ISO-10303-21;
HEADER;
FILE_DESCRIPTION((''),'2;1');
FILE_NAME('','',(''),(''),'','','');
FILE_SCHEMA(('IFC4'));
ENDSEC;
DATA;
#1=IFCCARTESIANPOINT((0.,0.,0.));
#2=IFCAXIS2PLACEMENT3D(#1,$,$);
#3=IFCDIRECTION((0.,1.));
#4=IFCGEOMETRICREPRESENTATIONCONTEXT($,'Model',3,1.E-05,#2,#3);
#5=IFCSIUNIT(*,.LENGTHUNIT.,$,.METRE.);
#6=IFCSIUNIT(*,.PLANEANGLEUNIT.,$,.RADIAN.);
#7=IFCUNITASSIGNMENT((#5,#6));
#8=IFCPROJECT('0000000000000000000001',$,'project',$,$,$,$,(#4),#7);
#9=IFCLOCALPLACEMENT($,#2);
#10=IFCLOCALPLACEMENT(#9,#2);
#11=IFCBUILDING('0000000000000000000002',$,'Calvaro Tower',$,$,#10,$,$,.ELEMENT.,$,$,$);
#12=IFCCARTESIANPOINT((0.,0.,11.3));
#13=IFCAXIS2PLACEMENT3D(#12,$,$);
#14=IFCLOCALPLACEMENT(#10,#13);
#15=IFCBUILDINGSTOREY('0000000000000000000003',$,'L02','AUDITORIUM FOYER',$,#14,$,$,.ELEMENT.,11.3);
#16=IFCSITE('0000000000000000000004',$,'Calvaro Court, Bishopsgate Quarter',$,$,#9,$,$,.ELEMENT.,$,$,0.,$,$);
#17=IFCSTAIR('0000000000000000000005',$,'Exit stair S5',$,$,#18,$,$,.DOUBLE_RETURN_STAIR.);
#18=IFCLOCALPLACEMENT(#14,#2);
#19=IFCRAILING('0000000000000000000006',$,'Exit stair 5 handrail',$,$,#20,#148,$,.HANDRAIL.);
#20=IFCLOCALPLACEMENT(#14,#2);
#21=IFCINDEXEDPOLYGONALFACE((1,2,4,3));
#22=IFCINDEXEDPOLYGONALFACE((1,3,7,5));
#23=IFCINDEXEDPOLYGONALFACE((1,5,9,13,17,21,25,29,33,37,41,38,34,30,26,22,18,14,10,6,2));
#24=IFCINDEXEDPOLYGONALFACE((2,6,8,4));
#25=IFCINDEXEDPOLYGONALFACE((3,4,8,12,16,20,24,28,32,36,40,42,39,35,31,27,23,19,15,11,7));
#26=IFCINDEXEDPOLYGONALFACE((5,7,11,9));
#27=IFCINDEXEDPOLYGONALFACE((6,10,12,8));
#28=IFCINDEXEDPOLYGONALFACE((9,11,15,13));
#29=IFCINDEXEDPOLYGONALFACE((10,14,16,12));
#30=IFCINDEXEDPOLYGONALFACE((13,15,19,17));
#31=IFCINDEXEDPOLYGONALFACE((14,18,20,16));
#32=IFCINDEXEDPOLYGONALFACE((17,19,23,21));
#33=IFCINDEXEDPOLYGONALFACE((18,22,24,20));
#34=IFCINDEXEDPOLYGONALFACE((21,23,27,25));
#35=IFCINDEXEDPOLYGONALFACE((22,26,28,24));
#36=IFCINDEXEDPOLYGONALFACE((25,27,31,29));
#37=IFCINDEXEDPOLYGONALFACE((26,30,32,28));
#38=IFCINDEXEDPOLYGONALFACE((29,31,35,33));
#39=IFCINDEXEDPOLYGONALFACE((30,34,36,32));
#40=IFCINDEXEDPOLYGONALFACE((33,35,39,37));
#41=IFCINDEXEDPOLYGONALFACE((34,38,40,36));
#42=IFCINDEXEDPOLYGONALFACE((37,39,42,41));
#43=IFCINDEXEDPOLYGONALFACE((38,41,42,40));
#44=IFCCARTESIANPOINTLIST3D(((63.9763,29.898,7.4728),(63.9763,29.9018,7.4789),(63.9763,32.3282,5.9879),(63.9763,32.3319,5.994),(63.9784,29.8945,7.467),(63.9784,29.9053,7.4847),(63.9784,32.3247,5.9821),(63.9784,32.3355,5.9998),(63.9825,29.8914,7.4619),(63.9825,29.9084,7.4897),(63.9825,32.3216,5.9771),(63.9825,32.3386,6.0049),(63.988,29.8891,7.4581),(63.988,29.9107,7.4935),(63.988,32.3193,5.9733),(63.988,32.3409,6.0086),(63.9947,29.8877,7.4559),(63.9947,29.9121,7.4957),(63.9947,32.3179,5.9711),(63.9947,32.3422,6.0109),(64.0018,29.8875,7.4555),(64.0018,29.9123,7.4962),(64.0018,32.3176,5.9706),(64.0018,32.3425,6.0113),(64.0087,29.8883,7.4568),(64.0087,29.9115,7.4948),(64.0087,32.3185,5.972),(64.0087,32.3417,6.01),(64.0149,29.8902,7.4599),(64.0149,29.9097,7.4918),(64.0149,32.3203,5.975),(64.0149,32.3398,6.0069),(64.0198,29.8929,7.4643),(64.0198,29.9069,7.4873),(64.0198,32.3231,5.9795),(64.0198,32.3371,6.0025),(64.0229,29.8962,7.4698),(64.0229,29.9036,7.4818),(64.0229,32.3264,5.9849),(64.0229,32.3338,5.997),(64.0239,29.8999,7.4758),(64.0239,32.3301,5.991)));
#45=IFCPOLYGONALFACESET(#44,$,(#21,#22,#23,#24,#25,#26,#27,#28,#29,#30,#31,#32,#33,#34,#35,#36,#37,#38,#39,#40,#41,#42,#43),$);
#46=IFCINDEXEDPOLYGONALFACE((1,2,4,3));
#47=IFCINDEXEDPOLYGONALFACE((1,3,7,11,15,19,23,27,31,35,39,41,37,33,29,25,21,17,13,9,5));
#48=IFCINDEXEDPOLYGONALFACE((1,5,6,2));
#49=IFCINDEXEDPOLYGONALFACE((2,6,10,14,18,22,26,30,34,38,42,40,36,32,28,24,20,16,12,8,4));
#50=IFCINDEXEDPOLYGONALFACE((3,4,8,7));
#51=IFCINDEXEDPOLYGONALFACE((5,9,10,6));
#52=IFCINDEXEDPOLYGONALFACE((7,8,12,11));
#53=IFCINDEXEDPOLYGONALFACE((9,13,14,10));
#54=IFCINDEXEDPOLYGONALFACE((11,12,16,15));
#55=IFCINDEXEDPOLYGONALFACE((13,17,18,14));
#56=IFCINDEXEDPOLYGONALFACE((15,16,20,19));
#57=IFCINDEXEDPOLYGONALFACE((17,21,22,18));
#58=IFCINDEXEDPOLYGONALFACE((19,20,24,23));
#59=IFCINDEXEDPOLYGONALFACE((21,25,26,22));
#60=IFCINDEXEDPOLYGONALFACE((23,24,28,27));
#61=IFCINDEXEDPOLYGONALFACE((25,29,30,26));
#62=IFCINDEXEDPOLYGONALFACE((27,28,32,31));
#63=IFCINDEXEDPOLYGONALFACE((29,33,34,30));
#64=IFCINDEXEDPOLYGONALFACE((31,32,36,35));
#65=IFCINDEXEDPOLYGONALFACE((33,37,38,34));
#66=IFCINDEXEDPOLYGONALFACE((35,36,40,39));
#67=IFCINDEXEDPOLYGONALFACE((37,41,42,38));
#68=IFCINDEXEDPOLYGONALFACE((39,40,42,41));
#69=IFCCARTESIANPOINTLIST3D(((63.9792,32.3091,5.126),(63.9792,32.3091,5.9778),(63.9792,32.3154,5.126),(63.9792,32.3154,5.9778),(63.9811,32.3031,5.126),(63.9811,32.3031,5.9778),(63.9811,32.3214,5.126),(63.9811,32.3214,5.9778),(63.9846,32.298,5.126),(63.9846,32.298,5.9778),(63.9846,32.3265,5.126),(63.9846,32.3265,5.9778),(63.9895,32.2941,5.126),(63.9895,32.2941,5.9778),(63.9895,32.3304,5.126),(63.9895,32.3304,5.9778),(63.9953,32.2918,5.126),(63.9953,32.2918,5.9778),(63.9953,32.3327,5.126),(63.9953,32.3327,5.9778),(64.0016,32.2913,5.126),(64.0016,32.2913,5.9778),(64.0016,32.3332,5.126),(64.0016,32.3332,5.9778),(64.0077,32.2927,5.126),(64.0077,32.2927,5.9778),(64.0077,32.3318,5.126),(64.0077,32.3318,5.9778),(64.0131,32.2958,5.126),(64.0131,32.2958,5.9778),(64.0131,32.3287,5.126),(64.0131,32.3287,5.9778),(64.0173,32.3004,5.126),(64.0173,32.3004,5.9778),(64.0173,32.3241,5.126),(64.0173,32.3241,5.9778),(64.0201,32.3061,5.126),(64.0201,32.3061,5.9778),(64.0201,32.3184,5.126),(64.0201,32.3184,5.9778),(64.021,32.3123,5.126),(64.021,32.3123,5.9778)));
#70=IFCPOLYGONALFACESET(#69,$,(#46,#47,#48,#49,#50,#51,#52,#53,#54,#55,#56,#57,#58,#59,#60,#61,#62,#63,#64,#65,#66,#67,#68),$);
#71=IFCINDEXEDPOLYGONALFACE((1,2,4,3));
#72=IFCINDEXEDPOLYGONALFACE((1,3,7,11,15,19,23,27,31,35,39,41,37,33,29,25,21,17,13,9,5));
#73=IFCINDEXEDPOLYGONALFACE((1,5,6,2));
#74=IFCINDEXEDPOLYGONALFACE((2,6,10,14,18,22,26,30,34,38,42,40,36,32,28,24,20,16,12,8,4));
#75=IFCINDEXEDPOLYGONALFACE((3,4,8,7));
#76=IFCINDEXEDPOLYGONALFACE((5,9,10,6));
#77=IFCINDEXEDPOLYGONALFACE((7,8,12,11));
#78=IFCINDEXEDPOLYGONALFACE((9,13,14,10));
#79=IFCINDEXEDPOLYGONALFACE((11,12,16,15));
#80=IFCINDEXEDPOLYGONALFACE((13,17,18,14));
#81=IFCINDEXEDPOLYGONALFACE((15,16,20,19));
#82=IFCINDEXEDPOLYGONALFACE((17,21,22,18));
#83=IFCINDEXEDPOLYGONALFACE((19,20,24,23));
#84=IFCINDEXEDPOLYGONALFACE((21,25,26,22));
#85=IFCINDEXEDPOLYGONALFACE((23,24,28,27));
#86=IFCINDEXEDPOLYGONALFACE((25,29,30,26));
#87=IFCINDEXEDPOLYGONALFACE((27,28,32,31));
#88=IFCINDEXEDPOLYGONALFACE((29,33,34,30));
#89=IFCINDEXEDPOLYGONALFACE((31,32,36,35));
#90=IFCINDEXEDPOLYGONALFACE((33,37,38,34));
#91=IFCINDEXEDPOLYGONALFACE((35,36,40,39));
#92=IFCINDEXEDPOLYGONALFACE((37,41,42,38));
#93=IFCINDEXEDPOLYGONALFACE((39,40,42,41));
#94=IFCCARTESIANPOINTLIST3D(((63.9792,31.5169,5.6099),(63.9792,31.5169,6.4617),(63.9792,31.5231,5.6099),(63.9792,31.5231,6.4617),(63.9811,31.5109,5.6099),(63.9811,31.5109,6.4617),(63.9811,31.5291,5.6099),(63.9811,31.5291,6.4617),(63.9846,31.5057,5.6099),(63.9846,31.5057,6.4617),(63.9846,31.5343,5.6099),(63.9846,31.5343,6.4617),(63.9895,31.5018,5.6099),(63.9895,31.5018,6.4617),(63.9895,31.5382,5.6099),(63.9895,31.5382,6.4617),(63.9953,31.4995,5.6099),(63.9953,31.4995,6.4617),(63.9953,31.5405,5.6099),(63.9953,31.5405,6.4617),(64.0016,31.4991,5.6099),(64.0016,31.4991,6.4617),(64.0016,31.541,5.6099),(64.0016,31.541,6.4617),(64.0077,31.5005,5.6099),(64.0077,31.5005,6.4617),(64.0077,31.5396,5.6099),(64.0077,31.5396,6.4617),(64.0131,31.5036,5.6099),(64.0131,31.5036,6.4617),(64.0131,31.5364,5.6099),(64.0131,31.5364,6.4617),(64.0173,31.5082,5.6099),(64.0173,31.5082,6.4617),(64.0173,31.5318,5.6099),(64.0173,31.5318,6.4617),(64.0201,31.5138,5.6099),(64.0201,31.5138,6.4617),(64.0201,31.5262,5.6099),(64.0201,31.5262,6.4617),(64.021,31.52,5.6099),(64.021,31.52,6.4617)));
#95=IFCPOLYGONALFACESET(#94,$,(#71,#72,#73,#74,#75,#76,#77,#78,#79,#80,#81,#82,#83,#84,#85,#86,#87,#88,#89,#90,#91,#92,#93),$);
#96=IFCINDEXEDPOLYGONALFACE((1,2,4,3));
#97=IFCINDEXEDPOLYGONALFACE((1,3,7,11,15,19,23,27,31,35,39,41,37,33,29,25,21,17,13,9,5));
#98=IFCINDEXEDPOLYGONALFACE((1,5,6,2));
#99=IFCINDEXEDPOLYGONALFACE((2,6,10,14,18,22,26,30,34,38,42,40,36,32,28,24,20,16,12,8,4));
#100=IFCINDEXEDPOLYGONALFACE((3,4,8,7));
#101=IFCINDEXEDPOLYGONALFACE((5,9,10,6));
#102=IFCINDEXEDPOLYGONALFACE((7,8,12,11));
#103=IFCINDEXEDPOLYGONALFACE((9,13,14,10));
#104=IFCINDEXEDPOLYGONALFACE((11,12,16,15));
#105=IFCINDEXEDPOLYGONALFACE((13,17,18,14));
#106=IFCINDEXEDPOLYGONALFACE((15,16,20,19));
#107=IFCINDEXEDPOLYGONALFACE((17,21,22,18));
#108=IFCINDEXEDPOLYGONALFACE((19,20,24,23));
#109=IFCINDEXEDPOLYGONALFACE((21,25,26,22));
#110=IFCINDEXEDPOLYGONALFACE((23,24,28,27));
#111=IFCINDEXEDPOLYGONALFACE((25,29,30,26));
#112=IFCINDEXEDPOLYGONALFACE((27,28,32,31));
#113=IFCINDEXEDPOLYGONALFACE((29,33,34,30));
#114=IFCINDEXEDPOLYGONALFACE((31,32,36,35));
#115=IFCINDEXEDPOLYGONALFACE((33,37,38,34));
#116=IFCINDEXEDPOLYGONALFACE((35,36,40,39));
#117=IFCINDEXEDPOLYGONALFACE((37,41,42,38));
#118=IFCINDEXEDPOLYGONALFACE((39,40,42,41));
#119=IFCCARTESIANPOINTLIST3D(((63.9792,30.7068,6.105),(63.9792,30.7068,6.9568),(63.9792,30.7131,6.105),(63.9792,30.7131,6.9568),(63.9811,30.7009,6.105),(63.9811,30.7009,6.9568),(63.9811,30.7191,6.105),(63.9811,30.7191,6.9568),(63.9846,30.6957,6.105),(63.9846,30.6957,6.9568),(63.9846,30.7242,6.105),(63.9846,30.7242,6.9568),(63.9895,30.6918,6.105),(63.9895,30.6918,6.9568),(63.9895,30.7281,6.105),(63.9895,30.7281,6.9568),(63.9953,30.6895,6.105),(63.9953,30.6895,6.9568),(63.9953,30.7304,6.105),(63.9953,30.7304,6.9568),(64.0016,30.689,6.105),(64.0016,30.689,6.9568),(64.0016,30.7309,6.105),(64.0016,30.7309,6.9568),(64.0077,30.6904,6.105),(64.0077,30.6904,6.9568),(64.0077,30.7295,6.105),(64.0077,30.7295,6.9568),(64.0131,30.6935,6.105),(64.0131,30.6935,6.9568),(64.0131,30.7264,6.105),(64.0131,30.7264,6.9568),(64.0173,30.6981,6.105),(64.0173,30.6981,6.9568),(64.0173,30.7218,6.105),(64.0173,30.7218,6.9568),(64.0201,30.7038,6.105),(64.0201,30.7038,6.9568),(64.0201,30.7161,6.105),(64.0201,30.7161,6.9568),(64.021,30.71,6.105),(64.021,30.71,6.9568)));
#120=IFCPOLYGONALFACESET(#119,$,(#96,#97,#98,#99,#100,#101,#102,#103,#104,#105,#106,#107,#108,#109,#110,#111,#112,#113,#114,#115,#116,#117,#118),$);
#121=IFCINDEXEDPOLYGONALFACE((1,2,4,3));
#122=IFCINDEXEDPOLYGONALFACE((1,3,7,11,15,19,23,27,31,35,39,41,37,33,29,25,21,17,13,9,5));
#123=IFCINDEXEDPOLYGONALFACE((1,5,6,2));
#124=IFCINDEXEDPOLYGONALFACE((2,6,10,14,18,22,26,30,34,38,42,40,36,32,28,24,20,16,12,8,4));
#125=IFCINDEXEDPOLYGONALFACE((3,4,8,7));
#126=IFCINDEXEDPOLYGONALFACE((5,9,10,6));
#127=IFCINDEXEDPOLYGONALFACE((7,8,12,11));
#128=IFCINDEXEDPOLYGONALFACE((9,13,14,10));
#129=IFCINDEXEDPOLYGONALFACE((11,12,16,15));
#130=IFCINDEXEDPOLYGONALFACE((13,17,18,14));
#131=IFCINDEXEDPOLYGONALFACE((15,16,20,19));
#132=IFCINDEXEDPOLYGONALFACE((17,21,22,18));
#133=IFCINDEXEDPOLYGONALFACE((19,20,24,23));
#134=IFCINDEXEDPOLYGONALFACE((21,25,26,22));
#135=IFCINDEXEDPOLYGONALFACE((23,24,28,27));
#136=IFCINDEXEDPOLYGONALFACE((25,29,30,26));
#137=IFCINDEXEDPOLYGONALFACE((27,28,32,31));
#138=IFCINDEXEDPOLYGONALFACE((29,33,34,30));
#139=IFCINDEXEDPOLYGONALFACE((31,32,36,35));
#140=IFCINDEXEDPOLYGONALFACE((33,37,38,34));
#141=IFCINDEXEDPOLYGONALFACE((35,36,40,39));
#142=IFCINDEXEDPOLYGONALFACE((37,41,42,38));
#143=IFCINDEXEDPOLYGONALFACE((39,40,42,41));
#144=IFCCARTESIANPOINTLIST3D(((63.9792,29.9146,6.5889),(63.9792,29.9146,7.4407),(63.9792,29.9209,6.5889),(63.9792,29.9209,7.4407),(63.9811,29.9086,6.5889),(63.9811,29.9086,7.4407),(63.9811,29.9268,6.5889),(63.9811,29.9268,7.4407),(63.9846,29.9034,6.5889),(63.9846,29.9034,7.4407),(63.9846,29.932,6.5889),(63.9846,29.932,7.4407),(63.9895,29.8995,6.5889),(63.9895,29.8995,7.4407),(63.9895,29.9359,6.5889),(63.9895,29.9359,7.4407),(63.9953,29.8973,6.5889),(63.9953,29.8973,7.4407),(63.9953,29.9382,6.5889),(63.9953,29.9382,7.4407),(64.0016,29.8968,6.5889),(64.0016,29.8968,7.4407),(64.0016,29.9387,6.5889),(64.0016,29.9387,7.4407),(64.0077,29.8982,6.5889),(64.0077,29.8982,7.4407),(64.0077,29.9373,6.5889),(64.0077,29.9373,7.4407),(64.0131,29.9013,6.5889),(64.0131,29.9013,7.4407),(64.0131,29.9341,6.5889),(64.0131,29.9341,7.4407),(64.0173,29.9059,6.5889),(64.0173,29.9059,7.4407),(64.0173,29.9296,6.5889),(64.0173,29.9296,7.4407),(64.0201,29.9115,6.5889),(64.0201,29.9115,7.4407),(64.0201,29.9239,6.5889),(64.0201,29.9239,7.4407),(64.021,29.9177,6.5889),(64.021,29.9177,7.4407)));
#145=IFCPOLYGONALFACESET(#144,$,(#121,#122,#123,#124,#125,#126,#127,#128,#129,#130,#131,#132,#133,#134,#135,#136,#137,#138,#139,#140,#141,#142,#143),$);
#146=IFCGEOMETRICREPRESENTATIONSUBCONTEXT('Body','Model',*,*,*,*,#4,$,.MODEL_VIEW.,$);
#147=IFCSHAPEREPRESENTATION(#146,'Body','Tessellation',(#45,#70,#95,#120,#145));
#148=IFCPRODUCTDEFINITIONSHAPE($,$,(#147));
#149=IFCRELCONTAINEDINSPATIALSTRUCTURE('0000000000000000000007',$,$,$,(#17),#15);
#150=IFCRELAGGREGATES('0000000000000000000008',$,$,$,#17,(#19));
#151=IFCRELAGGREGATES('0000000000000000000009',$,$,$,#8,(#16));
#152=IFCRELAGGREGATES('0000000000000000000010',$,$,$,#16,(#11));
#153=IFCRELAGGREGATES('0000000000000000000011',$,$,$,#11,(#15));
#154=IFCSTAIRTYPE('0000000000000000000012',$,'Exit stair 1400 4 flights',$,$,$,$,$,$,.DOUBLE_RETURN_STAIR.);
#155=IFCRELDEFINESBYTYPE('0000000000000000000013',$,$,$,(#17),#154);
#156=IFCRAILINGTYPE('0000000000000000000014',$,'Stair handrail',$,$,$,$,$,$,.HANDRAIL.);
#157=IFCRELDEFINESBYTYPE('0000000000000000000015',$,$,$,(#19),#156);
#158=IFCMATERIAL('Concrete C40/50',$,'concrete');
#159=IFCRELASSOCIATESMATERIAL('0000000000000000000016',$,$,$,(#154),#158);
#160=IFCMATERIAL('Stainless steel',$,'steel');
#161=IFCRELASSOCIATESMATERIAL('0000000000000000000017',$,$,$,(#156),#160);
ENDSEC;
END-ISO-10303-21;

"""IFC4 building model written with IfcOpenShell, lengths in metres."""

from ifc_helpers import new_model, si_unit, direction, frame, origin, origin_2d, place, context, subcontext, project, spatial, circle, extrude, material, type_object, element, aggregate, save


model = new_model("IFC4")

# Units and contexts
model_context = context("Model", 3, precision=1e-05, world=origin(), true_north=direction((0.0, 1.0)))
body_context = subcontext(model_context, "Body", "Model", "MODEL_VIEW")
ifc_project = project(units=[si_unit("LENGTHUNIT", "METRE"), si_unit("PLANEANGLEUNIT", "RADIAN")], contexts=[model_context])

# Site, building, storey
site_placement = place(None, origin())
site = spatial("IfcSite", under=ifc_project, at=site_placement, Name="Calvaro Court, Bishopsgate Quarter", CompositionType="ELEMENT", RefElevation=0.0)
building_placement = place(site_placement, origin())
building = spatial("IfcBuilding", under=site, at=building_placement, Name="Calvaro Tower", CompositionType="ELEMENT")
storey_placement = place(building_placement, frame((0.0, 0.0, 11.3)))
storey = spatial("IfcBuildingStorey", under=building, at=storey_placement, Name="L02", Description="AUDITORIUM FOYER", CompositionType="ELEMENT", Elevation=11.3)

# Stair, railing
ifc_material_1 = material(Name="Concrete C40/50", Category="concrete")
stair_type = type_object("IfcStairType", Name="Exit stair 1400 4 flights", PredefinedType="DOUBLE_RETURN_STAIR", material=ifc_material_1)
stair_placement = place(storey_placement, origin())
stair = element("IfcStair", 1, at=stair_placement, inside=storey, type_object=stair_type, Name="Exit stair S5", PredefinedType="DOUBLE_RETURN_STAIR")
ifc_material_2 = material(Name="Stainless steel", Category="steel")
railing_type = type_object("IfcRailingType", Name="Stair handrail", PredefinedType="HANDRAIL", material=ifc_material_2)
railing_1_placement = place(storey_placement, frame((64.0, 32.3301, 5.115)))
railing_1 = element("IfcRailing", 2, at=railing_1_placement, type_object=railing_type, Name="Exit stair 5 handrail", PredefinedType="HANDRAIL", context=body_context, shape_type="SweptSolid", body=[
    extrude(circle(Radius=0.0239, at=origin_2d()), frame((0.0, 0.0, 0.876), z_axis=(0.0, -0.85332, 0.521388), x_axis=(1.0, 0.0, 0.0)), (0.0, 0.0, 1.0), 2.8479),
    extrude(circle(Radius=0.021, at=origin_2d()), frame((0.0, -0.0178, 0.011)), (0.0, 0.0, 1.0), 0.8518),
    extrude(circle(Radius=0.021, at=origin_2d()), frame((0.0, -0.8101, 0.4949)), (0.0, 0.0, 1.0), 0.8518),
    extrude(circle(Radius=0.021, at=origin_2d()), frame((0.0, -1.6201, 0.99)), (0.0, 0.0, 1.0), 0.8518),
    extrude(circle(Radius=0.021, at=origin_2d()), frame((0.0, -2.4124, 1.4739)), (0.0, 0.0, 1.0), 0.8518),
])
aggregate(stair, [railing_1])

save(model, "model.ifc")
